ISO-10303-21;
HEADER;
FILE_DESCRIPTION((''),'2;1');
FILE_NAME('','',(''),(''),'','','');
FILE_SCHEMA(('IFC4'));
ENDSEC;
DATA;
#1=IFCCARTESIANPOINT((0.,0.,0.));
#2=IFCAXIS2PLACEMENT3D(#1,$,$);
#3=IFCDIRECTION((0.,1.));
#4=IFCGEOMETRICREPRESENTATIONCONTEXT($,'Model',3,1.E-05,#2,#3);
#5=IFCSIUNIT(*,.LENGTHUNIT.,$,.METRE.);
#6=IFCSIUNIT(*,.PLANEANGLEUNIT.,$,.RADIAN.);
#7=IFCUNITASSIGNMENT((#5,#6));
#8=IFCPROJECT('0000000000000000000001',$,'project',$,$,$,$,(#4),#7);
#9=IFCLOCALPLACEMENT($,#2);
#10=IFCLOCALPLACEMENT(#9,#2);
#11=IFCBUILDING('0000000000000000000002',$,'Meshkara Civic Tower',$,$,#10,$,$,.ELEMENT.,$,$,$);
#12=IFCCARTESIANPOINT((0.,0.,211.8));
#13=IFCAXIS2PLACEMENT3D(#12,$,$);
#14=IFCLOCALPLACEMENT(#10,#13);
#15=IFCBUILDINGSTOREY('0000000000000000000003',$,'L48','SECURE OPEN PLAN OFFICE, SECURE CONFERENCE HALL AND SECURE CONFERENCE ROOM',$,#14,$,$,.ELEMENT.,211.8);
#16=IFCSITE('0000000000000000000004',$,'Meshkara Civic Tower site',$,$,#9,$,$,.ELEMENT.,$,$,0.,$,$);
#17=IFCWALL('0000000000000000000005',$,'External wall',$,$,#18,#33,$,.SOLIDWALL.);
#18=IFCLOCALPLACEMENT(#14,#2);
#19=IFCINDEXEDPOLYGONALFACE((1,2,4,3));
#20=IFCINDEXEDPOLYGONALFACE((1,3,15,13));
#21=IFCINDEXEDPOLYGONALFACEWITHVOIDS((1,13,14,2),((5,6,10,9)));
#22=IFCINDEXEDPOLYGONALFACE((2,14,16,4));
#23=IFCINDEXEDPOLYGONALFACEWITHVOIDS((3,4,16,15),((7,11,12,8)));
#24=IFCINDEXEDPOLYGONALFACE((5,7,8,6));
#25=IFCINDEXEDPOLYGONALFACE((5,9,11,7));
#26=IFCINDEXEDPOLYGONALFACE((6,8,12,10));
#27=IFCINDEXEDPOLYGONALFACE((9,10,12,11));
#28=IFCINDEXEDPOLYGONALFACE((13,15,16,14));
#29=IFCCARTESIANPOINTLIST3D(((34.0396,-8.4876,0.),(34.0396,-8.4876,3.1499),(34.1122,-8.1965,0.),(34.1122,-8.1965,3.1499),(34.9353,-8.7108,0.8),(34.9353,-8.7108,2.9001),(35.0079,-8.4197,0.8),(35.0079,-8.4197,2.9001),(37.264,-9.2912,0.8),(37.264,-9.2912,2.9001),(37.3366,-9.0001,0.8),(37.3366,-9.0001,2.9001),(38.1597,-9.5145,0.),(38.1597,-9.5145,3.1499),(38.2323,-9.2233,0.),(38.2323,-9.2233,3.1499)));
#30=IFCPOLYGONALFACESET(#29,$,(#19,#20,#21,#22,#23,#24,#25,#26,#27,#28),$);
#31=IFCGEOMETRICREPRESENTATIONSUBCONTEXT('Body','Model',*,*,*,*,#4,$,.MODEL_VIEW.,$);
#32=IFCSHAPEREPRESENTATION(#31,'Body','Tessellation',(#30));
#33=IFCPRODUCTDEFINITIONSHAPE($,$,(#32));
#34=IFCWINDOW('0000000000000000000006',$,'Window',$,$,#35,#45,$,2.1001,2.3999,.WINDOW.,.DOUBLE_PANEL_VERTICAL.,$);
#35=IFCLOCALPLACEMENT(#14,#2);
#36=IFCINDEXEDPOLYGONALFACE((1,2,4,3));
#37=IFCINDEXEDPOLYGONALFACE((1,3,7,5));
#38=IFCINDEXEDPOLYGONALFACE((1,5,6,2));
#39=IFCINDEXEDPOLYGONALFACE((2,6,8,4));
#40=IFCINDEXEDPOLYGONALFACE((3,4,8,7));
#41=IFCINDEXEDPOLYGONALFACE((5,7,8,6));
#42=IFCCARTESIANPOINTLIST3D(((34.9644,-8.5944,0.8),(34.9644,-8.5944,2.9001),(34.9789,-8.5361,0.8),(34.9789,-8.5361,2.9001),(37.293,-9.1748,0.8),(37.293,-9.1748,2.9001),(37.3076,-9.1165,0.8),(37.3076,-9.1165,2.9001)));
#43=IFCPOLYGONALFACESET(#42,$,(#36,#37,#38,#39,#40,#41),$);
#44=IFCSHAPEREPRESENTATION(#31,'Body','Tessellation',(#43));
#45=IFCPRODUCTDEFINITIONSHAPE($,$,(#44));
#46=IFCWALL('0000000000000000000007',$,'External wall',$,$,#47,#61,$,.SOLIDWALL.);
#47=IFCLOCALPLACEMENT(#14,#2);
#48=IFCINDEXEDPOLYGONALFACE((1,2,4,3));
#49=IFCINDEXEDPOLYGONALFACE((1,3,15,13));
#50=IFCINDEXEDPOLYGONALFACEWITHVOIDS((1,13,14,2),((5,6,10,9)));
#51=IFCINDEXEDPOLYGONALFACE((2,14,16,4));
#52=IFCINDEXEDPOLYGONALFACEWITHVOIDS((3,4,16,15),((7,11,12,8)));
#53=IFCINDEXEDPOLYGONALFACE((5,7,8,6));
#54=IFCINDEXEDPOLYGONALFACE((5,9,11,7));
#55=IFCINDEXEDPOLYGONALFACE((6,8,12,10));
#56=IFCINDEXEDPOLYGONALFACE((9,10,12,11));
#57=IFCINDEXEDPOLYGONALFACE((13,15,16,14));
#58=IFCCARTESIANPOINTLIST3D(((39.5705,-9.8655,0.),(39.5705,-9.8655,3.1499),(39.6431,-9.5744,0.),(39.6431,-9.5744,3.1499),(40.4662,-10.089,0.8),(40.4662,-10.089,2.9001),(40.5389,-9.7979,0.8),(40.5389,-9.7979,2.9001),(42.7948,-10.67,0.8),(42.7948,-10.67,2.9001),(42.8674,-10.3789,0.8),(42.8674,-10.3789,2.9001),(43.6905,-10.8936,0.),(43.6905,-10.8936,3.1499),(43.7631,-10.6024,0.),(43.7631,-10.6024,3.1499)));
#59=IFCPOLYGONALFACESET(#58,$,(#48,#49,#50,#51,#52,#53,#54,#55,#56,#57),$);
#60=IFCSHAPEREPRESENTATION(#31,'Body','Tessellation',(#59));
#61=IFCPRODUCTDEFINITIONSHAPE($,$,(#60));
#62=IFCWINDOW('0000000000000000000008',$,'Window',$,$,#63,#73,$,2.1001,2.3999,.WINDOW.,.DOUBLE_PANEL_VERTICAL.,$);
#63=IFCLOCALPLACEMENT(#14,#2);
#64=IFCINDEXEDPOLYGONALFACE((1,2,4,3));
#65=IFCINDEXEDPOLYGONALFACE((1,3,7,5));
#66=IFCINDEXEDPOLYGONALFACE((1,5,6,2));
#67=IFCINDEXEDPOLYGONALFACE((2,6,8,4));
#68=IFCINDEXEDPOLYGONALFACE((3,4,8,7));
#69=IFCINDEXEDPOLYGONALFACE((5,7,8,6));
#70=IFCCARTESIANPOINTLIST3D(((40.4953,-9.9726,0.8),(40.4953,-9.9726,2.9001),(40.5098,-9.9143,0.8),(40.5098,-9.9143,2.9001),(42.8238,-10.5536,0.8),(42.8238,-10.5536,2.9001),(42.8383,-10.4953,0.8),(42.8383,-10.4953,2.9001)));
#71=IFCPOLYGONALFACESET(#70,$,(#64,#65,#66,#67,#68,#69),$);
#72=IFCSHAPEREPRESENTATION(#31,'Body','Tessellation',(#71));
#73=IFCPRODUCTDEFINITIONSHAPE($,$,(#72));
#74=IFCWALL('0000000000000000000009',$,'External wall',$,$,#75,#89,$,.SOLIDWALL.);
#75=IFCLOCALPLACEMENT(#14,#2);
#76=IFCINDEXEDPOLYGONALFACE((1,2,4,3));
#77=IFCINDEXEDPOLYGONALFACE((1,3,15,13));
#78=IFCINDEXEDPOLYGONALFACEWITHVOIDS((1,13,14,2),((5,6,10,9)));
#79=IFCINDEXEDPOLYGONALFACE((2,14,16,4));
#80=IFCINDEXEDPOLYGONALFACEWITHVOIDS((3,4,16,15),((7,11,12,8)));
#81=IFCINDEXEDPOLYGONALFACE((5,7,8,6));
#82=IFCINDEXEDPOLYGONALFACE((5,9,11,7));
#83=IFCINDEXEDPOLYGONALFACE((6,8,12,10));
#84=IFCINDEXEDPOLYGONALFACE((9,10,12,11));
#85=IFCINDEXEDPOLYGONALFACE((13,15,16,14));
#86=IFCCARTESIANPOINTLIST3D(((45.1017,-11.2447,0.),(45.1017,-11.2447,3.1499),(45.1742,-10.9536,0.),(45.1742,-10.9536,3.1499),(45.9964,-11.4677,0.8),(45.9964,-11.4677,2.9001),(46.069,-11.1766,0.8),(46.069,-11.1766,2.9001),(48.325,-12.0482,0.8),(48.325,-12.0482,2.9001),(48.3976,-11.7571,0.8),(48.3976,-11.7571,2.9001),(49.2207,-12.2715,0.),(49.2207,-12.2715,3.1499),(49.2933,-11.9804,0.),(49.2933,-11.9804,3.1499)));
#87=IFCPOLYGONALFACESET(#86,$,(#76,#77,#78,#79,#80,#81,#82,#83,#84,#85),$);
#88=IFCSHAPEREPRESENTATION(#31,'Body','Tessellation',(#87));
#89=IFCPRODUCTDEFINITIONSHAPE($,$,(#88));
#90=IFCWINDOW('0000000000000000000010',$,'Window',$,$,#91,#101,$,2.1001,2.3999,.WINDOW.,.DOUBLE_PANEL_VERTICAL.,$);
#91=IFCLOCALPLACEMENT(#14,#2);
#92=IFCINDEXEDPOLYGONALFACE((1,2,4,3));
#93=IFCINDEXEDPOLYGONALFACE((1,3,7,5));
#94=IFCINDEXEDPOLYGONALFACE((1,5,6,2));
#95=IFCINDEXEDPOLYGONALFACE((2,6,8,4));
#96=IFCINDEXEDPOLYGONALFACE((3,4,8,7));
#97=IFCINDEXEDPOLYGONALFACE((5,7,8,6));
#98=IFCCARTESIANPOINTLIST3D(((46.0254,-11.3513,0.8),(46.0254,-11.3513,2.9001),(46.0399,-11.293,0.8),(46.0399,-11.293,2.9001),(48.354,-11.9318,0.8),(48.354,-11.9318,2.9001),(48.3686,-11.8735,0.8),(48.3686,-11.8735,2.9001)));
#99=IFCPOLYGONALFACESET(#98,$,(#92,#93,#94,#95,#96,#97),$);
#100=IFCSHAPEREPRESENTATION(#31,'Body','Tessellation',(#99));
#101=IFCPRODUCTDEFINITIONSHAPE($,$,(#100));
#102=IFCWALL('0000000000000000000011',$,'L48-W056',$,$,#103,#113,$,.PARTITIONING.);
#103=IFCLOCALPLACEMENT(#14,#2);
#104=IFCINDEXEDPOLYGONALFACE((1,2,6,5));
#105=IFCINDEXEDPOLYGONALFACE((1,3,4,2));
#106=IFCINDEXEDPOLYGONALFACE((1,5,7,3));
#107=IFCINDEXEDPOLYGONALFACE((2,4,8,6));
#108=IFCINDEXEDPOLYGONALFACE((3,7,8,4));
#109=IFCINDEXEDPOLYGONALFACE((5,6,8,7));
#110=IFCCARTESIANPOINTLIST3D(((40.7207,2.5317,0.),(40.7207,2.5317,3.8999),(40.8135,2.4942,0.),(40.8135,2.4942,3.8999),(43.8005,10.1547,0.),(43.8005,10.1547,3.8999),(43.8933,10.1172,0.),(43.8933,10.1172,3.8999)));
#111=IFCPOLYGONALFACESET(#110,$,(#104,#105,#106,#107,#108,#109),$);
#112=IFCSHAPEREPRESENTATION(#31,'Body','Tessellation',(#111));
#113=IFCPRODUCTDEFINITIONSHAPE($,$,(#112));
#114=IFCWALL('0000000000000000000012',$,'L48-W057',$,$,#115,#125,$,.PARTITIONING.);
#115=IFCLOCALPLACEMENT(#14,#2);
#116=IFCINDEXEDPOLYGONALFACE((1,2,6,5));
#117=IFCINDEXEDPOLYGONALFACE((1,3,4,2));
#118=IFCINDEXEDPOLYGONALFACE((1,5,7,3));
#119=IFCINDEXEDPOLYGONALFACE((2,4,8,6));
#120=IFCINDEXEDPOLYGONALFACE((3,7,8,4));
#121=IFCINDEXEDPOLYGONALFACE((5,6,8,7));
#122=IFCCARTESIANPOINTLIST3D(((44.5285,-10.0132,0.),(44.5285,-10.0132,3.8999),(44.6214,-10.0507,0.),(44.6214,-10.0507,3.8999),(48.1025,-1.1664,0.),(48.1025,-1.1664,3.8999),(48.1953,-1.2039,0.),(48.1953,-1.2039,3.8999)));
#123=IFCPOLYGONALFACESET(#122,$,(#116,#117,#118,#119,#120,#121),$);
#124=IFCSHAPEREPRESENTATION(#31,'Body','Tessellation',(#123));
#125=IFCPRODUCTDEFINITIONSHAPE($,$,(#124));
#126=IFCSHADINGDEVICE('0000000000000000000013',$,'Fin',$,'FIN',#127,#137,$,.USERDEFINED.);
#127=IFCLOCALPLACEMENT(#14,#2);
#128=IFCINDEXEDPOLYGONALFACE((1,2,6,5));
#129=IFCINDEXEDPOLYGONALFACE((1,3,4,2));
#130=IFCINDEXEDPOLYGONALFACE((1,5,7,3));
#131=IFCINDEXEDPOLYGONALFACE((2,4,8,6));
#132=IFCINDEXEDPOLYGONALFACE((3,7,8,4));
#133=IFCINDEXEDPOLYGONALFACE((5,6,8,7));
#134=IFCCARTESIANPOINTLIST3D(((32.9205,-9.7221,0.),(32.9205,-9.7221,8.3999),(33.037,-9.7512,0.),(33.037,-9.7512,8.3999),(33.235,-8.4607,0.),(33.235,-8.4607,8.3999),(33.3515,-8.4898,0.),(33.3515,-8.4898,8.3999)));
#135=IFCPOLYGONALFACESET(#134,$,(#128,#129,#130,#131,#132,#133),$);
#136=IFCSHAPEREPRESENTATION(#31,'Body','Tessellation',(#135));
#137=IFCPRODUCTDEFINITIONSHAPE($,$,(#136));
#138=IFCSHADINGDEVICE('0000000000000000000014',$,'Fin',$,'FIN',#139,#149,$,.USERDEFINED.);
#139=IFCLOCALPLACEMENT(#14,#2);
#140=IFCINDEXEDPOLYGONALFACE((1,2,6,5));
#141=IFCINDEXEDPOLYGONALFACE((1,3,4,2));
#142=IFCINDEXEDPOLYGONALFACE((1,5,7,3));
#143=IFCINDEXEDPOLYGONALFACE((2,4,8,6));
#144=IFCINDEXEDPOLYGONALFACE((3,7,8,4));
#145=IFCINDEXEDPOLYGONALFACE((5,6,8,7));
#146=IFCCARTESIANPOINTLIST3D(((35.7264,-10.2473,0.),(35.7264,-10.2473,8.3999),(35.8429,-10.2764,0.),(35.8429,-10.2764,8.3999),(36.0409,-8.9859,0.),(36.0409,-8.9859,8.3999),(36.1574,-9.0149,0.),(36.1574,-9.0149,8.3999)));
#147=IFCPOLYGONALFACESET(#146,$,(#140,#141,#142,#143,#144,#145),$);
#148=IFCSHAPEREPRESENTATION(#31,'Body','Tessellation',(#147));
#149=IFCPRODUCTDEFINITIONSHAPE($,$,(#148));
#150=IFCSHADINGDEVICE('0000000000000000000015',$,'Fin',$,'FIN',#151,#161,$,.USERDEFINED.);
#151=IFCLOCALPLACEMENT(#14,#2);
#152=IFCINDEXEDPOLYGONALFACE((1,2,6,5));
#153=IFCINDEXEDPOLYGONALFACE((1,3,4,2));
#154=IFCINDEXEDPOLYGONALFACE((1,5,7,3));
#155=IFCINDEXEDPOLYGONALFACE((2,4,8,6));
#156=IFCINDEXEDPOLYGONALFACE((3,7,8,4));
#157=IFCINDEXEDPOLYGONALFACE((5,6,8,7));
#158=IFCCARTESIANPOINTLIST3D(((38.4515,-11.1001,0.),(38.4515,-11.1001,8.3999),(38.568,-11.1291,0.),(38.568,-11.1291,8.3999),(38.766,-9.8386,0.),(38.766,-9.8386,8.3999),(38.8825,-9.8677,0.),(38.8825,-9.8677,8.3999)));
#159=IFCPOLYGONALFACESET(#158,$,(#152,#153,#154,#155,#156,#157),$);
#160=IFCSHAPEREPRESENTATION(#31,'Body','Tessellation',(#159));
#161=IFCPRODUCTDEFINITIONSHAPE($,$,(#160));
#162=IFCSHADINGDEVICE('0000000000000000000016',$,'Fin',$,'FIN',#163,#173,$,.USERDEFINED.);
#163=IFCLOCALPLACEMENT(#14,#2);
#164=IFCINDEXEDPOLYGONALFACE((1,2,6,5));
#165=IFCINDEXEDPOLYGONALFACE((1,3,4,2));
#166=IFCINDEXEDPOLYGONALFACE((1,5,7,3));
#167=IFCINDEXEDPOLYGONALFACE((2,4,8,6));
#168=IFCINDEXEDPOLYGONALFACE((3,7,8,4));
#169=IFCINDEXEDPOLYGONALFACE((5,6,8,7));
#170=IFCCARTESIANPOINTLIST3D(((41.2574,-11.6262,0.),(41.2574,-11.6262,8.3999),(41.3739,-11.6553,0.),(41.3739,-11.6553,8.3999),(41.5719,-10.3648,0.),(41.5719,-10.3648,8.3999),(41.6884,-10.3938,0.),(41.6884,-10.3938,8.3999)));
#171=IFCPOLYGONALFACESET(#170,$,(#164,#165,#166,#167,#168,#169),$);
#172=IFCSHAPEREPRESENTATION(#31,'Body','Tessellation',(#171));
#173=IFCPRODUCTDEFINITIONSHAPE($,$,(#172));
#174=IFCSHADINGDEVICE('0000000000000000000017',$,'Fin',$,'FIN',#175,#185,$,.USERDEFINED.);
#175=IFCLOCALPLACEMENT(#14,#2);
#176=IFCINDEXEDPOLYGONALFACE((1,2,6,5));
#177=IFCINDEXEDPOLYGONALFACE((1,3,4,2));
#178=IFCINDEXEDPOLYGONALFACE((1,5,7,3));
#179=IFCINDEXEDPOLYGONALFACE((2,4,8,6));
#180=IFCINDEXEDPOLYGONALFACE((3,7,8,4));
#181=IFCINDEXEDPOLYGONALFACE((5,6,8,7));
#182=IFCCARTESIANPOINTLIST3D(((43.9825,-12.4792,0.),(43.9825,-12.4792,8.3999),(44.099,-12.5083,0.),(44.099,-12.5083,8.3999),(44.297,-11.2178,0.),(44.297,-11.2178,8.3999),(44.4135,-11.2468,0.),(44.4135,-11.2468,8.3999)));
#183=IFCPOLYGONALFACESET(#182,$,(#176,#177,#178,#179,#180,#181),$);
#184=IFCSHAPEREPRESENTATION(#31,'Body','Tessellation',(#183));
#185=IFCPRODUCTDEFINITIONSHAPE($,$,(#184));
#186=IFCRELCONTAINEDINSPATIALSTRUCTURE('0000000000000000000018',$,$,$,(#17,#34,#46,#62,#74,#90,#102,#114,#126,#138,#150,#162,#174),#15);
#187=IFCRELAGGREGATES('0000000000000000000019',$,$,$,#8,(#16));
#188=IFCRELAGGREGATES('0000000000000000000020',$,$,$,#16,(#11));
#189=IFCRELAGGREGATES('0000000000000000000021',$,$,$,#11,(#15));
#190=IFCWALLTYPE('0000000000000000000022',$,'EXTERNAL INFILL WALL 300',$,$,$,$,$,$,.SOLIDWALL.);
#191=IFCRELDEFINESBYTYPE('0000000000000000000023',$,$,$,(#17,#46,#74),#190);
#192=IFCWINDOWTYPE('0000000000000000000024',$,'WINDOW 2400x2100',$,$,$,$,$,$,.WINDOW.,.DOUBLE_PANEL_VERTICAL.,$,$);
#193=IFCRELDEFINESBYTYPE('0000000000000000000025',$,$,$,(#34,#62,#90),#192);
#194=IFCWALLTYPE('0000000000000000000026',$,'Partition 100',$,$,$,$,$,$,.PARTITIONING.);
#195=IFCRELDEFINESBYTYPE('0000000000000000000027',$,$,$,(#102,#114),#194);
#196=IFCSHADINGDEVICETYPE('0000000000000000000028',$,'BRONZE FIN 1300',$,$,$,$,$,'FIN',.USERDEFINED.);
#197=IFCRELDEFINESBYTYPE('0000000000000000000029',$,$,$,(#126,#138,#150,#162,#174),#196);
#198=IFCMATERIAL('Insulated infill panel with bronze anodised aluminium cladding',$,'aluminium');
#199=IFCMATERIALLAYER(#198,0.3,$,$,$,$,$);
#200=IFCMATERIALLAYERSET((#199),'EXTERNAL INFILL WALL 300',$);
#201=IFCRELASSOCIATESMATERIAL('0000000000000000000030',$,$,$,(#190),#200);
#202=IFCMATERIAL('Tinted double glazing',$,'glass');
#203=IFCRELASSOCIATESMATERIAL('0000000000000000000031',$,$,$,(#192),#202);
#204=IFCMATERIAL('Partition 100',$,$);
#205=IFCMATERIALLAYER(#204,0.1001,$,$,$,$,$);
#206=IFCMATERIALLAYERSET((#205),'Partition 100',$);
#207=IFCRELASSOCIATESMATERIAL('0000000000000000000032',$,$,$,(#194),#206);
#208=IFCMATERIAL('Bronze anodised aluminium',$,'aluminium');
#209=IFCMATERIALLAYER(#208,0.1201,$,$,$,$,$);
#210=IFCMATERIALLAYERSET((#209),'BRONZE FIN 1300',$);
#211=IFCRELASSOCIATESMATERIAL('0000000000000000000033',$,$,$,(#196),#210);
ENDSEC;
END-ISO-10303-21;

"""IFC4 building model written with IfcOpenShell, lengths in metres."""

from ifc_helpers import new_model, si_unit, direction, frame, frame_2d, origin, origin_2d, place, context, subcontext, project, spatial, rectangle, extrude, material, layer, layer_set, type_object, element, fill, save


model = new_model("IFC4")

# Units and contexts
model_context = context("Model", 3, precision=1e-05, world=origin(), true_north=direction((0.0, 1.0)))
body_context = subcontext(model_context, "Body", "Model", "MODEL_VIEW")
ifc_project = project(units=[si_unit("LENGTHUNIT", "METRE"), si_unit("PLANEANGLEUNIT", "RADIAN")], contexts=[model_context])

# Site, building, storey
site_placement = place(None, origin())
site = spatial("IfcSite", under=ifc_project, at=site_placement, Name="Meshkara Civic Tower site", CompositionType="ELEMENT", RefElevation=0.0)
building_placement = place(site_placement, origin())
building = spatial("IfcBuilding", under=site, at=building_placement, Name="Meshkara Civic Tower", CompositionType="ELEMENT")
storey_placement = place(building_placement, frame((0.0, 0.0, 211.8)))
storey = spatial("IfcBuildingStorey", under=building, at=storey_placement, Name="L48", Description="SECURE OPEN PLAN OFFICE, SECURE CONFERENCE HALL AND SECURE CONFERENCE ROOM", CompositionType="ELEMENT", Elevation=211.8)

# Walls, openings, windows
ifc_material_1 = material(Name="Insulated infill panel with bronze anodised aluminium cladding", Category="aluminium")
ifc_layer_1 = layer(ifc_material_1, 0.3)
ifc_layer_set_1 = layer_set([ifc_layer_1], Name="EXTERNAL INFILL WALL 300")
wall_type_1 = type_object("IfcWallType", Name="EXTERNAL INFILL WALL 300", PredefinedType="SOLIDWALL", material=ifc_layer_set_1)
wall_1_placement = place(storey_placement, frame((34.0759, -8.342, 0.0), z_axis=(0.0, 0.0, 1.0), x_axis=(0.970318, -0.241832, 0.0)))
wall_1 = element("IfcWall", 1, at=wall_1_placement, inside=storey, type_object=wall_type_1, Name="External wall", PredefinedType="SOLIDWALL", context=body_context, shape_type="SweptSolid", body=[
    extrude(rectangle(XDim=4.2461, YDim=0.3, at=frame_2d((2.123, 0.0))), origin(), (0.0, 0.0, 1.0), 3.1499),
])
opening_1_placement = place(wall_1_placement, frame((0.9231, 0.0, 0.8)))
opening_1 = element("IfcOpeningElement", 2, at=opening_1_placement, cuts=wall_1, PredefinedType="OPENING", context=body_context, shape_type="SweptSolid", body=[
    extrude(rectangle(XDim=2.3999, YDim=2.1001, at=frame_2d((1.2, 1.05))), frame((0.0, 0.1599, 0.0), z_axis=(0.0, -1.0, 0.0), x_axis=(1.0, 0.0, 0.0)), (0.0, 0.0, 1.0), 0.3201),
])
ifc_material_2 = material(Name="Tinted double glazing", Category="glass")
window_type = type_object("IfcWindowType", Name="WINDOW 2400x2100", PartitioningType="DOUBLE_PANEL_VERTICAL", PredefinedType="WINDOW", material=ifc_material_2)
window_1_placement = place(opening_1_placement, origin())
window_1 = element("IfcWindow", 3, at=window_1_placement, inside=storey, type_object=window_type, Name="Window", OverallHeight=2.1001, OverallWidth=2.3999, PartitioningType="DOUBLE_PANEL_VERTICAL", PredefinedType="WINDOW", context=body_context, shape_type="SweptSolid", body=[
    extrude(rectangle(XDim=2.3999, YDim=2.1001, at=frame_2d((1.2, 1.05))), frame((0.0, 0.03, 0.0), z_axis=(0.0, -1.0, 0.0), x_axis=(1.0, 0.0, 0.0)), (0.0, 0.0, 1.0), 0.0601),
])
fill(opening_1, window_1)
wall_2_placement = place(storey_placement, frame((39.6069, -9.72, 0.0), z_axis=(0.0, 0.0, 1.0), x_axis=(0.970251, -0.242103, 0.0)))
wall_2 = element("IfcWall", 4, at=wall_2_placement, inside=storey, type_object=wall_type_1, Name="External wall", PredefinedType="SOLIDWALL", context=body_context, shape_type="SweptSolid", body=[
    extrude(rectangle(XDim=4.2463, YDim=0.3, at=frame_2d((2.123, 0.0))), origin(), (0.0, 0.0, 1.0), 3.1499),
])
opening_2_placement = place(wall_2_placement, frame((0.9231, 0.0, 0.8)))
opening_2 = element("IfcOpeningElement", 5, at=opening_2_placement, cuts=wall_2, PredefinedType="OPENING", context=body_context, shape_type="SweptSolid", body=[
    extrude(rectangle(XDim=2.3999, YDim=2.1001, at=frame_2d((1.2, 1.05))), frame((0.0, 0.1599, 0.0), z_axis=(0.0, -1.0, 0.0), x_axis=(1.0, 0.0, 0.0)), (0.0, 0.0, 1.0), 0.3201),
])
window_2_placement = place(opening_2_placement, origin())
window_2 = element("IfcWindow", 6, at=window_2_placement, inside=storey, type_object=window_type, Name="Window", OverallHeight=2.1001, OverallWidth=2.3999, PartitioningType="DOUBLE_PANEL_VERTICAL", PredefinedType="WINDOW", context=body_context, shape_type="SweptSolid", body=[
    extrude(rectangle(XDim=2.3999, YDim=2.1001, at=frame_2d((1.2, 1.05))), frame((0.0, 0.03, 0.0), z_axis=(0.0, -1.0, 0.0), x_axis=(1.0, 0.0, 0.0)), (0.0, 0.0, 1.0), 0.0601),
])
fill(opening_2, window_2)
wall_3_placement = place(storey_placement, frame((45.1379, -11.0991, 0.0), z_axis=(0.0, 0.0, 1.0), x_axis=(0.970305, -0.241886, 0.0)))
wall_3 = element("IfcWall", 7, at=wall_3_placement, inside=storey, type_object=wall_type_1, Name="External wall", PredefinedType="SOLIDWALL", context=body_context, shape_type="SweptSolid", body=[
    extrude(rectangle(XDim=4.2451, YDim=0.3, at=frame_2d((2.1226, 0.0))), origin(), (0.0, 0.0, 1.0), 3.1499),
])
opening_3_placement = place(wall_3_placement, frame((0.9221, 0.0, 0.8)))
opening_3 = element("IfcOpeningElement", 8, at=opening_3_placement, cuts=wall_3, PredefinedType="OPENING", context=body_context, shape_type="SweptSolid", body=[
    extrude(rectangle(XDim=2.3999, YDim=2.1001, at=frame_2d((1.2, 1.05))), frame((0.0, 0.1599, 0.0), z_axis=(0.0, -1.0, 0.0), x_axis=(1.0, 0.0, 0.0)), (0.0, 0.0, 1.0), 0.3201),
])
window_3_placement = place(opening_3_placement, origin())
window_3 = element("IfcWindow", 9, at=window_3_placement, inside=storey, type_object=window_type, Name="Window", OverallHeight=2.1001, OverallWidth=2.3999, PartitioningType="DOUBLE_PANEL_VERTICAL", PredefinedType="WINDOW", context=body_context, shape_type="SweptSolid", body=[
    extrude(rectangle(XDim=2.3999, YDim=2.1001, at=frame_2d((1.2, 1.05))), frame((0.0, 0.03, 0.0), z_axis=(0.0, -1.0, 0.0), x_axis=(1.0, 0.0, 0.0)), (0.0, 0.0, 1.0), 0.0601),
])
fill(opening_3, window_3)

# Walls
ifc_material_3 = material(Name="Partition 100")
ifc_layer_2 = layer(ifc_material_3, 0.1001)
ifc_layer_set_2 = layer_set([ifc_layer_2], Name="Partition 100")
wall_type_2 = type_object("IfcWallType", Name="Partition 100", PredefinedType="PARTITIONING", material=ifc_layer_set_2)
wall_4_placement = place(storey_placement, frame((40.7671, 2.5129, 0.0), z_axis=(0.0, 0.0, 1.0), x_axis=(0.374599, 0.927187, 0.0)))
element("IfcWall", 10, at=wall_4_placement, inside=storey, type_object=wall_type_2, Name="L48-W056", PredefinedType="PARTITIONING", context=body_context, shape_type="SweptSolid", body=[
    extrude(rectangle(XDim=8.2217, YDim=0.1001, at=frame_2d((4.1108, 0.0))), origin(), (0.0, 0.0, 1.0), 3.8999),
])
wall_5_placement = place(storey_placement, frame((44.575, -10.032, 0.0), z_axis=(0.0, 0.0, 1.0), x_axis=(0.374569, 0.927199, 0.0)))
element("IfcWall", 11, at=wall_5_placement, inside=storey, type_object=wall_type_2, Name="L48-W057", PredefinedType="PARTITIONING", context=body_context, shape_type="SweptSolid", body=[
    extrude(rectangle(XDim=9.5415, YDim=0.1001, at=frame_2d((4.7708, 0.0))), origin(), (0.0, 0.0, 1.0), 3.8999),
])

# Shading devices
ifc_material_4 = material(Name="Bronze anodised aluminium", Category="aluminium")
ifc_layer_3 = layer(ifc_material_4, 0.1201)
ifc_layer_set_3 = layer_set([ifc_layer_3], Name="BRONZE FIN 1300")
shading_device_type = type_object("IfcShadingDeviceType", Name="BRONZE FIN 1300", ElementType="FIN", PredefinedType="USERDEFINED", material=ifc_layer_set_3)
for number, where, z_axis, x_axis, name in (
    (12, (33.136, -9.106, 0.0), (0.0, 0.0, 1.0), (0.9703, -0.241905, 0.0), "Fin"),
    (13, (35.9419, -9.6311, 0.0), (0.0, 0.0, 1.0), (0.9703, -0.241905, 0.0), "Fin"),
    (14, (38.667, -10.4839, 0.0), (0.0, 0.0, 1.0), (0.9703, -0.241905, 0.0), "Fin"),
    (15, (41.4729, -11.01, 0.0), (0.0, 0.0, 1.0), (0.9703, -0.241905, 0.0), "Fin"),
    (16, (44.198, -11.863, 0.0), (0.0, 0.0, 1.0), (0.9703, -0.241905, 0.0), "Fin"),
):
    element("IfcShadingDevice", number, at=place(storey_placement, frame(where, z_axis=z_axis, x_axis=x_axis)), inside=storey, type_object=shading_device_type, Name=name, ObjectType="FIN", PredefinedType="USERDEFINED", context=body_context, shape_type="SweptSolid", body=[
        extrude(rectangle(XDim=0.1201, YDim=1.3, at=origin_2d()), origin(), (0.0, 0.0, 1.0), 8.3999),
    ])

save(model, "model.ifc")
